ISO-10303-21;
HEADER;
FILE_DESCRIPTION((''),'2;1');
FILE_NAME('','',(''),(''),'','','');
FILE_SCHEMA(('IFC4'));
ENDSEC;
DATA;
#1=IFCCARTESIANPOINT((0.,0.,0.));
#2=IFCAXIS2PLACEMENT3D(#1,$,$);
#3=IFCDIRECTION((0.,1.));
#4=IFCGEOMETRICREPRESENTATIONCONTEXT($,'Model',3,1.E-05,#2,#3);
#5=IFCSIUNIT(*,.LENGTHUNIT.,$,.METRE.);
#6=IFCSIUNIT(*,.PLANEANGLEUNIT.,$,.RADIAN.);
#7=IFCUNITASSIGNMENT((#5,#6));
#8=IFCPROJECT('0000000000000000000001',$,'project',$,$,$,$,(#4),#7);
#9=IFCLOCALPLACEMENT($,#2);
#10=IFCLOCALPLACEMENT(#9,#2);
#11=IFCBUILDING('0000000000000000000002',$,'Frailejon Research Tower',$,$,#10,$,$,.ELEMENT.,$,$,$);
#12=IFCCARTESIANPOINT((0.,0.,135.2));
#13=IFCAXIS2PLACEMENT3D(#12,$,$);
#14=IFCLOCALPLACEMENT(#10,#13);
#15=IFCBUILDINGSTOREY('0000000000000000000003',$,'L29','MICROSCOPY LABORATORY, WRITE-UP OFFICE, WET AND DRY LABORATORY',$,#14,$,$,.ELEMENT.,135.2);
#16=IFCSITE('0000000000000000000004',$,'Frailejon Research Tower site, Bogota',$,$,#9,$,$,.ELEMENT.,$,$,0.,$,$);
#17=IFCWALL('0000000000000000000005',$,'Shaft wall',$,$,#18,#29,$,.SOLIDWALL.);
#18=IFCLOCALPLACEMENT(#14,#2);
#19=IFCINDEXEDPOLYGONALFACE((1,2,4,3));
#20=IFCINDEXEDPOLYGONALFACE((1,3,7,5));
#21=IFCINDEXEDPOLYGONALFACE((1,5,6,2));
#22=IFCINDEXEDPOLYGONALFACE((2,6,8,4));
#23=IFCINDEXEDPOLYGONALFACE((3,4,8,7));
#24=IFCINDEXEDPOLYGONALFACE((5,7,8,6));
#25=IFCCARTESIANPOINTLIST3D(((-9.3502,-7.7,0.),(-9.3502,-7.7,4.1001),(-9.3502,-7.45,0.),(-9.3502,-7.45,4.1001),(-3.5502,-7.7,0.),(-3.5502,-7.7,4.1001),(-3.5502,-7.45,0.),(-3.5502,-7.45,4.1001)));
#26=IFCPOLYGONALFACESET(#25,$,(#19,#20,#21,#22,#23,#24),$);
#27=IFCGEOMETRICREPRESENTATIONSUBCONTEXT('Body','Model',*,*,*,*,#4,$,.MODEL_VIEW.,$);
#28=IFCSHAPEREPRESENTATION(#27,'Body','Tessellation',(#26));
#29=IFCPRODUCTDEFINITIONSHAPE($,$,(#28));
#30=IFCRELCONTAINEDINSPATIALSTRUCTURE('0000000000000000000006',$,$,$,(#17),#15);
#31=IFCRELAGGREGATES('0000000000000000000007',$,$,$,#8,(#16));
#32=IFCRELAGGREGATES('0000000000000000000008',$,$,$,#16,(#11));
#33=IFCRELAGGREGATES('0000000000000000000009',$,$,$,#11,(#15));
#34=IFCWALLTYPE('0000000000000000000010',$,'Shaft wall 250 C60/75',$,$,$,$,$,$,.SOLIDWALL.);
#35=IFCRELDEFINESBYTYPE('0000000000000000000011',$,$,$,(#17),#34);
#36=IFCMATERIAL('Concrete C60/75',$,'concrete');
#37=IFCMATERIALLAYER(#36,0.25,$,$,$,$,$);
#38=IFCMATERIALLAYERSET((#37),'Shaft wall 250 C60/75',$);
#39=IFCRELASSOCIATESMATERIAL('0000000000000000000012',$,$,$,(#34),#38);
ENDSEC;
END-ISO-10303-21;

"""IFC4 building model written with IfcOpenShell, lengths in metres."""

from ifc_helpers import new_model, si_unit, direction, frame, frame_2d, origin, place, context, subcontext, project, spatial, rectangle, extrude, material, layer, layer_set, type_object, element, save


model = new_model("IFC4")

# Units and contexts
model_context = context("Model", 3, precision=1e-05, world=origin(), true_north=direction((0.0, 1.0)))
body_context = subcontext(model_context, "Body", "Model", "MODEL_VIEW")
ifc_project = project(units=[si_unit("LENGTHUNIT", "METRE"), si_unit("PLANEANGLEUNIT", "RADIAN")], contexts=[model_context])

# Site, building, storey
site_placement = place(None, origin())
site = spatial("IfcSite", under=ifc_project, at=site_placement, Name="Frailejon Research Tower site, Bogota", CompositionType="ELEMENT", RefElevation=0.0)
building_placement = place(site_placement, origin())
building = spatial("IfcBuilding", under=site, at=building_placement, Name="Frailejon Research Tower", CompositionType="ELEMENT")
storey_placement = place(building_placement, frame((0.0, 0.0, 135.2)))
storey = spatial("IfcBuildingStorey", under=building, at=storey_placement, Name="L29", Description="MICROSCOPY LABORATORY, WRITE-UP OFFICE, WET AND DRY LABORATORY", CompositionType="ELEMENT", Elevation=135.2)

# Shared definitions
ifc_material_1 = material(Name="Concrete C60/75", Category="concrete")
ifc_layer_1 = layer(ifc_material_1, 0.25)
ifc_layer_set_1 = layer_set([ifc_layer_1], Name="Shaft wall 250 C60/75")
wall_type_1 = type_object("IfcWallType", Name="Shaft wall 250 C60/75", PredefinedType="SOLIDWALL", material=ifc_layer_set_1)

# Wall
wall_1_placement = place(storey_placement, frame((-9.3501, -7.575, 0.0), z_axis=(0.0, 0.0, 1.0), x_axis=(1.0, 0.0, 0.0)))
element("IfcWall", 1, at=wall_1_placement, inside=storey, type_object=wall_type_1, Name="Shaft wall", PredefinedType="SOLIDWALL", context=body_context, shape_type="SweptSolid", body=[
    extrude(rectangle(XDim=5.8, YDim=0.25, at=frame_2d((2.8999, 0.0))), origin(), (0.0, 0.0, 1.0), 4.1001),
])

save(model, "model.ifc")
